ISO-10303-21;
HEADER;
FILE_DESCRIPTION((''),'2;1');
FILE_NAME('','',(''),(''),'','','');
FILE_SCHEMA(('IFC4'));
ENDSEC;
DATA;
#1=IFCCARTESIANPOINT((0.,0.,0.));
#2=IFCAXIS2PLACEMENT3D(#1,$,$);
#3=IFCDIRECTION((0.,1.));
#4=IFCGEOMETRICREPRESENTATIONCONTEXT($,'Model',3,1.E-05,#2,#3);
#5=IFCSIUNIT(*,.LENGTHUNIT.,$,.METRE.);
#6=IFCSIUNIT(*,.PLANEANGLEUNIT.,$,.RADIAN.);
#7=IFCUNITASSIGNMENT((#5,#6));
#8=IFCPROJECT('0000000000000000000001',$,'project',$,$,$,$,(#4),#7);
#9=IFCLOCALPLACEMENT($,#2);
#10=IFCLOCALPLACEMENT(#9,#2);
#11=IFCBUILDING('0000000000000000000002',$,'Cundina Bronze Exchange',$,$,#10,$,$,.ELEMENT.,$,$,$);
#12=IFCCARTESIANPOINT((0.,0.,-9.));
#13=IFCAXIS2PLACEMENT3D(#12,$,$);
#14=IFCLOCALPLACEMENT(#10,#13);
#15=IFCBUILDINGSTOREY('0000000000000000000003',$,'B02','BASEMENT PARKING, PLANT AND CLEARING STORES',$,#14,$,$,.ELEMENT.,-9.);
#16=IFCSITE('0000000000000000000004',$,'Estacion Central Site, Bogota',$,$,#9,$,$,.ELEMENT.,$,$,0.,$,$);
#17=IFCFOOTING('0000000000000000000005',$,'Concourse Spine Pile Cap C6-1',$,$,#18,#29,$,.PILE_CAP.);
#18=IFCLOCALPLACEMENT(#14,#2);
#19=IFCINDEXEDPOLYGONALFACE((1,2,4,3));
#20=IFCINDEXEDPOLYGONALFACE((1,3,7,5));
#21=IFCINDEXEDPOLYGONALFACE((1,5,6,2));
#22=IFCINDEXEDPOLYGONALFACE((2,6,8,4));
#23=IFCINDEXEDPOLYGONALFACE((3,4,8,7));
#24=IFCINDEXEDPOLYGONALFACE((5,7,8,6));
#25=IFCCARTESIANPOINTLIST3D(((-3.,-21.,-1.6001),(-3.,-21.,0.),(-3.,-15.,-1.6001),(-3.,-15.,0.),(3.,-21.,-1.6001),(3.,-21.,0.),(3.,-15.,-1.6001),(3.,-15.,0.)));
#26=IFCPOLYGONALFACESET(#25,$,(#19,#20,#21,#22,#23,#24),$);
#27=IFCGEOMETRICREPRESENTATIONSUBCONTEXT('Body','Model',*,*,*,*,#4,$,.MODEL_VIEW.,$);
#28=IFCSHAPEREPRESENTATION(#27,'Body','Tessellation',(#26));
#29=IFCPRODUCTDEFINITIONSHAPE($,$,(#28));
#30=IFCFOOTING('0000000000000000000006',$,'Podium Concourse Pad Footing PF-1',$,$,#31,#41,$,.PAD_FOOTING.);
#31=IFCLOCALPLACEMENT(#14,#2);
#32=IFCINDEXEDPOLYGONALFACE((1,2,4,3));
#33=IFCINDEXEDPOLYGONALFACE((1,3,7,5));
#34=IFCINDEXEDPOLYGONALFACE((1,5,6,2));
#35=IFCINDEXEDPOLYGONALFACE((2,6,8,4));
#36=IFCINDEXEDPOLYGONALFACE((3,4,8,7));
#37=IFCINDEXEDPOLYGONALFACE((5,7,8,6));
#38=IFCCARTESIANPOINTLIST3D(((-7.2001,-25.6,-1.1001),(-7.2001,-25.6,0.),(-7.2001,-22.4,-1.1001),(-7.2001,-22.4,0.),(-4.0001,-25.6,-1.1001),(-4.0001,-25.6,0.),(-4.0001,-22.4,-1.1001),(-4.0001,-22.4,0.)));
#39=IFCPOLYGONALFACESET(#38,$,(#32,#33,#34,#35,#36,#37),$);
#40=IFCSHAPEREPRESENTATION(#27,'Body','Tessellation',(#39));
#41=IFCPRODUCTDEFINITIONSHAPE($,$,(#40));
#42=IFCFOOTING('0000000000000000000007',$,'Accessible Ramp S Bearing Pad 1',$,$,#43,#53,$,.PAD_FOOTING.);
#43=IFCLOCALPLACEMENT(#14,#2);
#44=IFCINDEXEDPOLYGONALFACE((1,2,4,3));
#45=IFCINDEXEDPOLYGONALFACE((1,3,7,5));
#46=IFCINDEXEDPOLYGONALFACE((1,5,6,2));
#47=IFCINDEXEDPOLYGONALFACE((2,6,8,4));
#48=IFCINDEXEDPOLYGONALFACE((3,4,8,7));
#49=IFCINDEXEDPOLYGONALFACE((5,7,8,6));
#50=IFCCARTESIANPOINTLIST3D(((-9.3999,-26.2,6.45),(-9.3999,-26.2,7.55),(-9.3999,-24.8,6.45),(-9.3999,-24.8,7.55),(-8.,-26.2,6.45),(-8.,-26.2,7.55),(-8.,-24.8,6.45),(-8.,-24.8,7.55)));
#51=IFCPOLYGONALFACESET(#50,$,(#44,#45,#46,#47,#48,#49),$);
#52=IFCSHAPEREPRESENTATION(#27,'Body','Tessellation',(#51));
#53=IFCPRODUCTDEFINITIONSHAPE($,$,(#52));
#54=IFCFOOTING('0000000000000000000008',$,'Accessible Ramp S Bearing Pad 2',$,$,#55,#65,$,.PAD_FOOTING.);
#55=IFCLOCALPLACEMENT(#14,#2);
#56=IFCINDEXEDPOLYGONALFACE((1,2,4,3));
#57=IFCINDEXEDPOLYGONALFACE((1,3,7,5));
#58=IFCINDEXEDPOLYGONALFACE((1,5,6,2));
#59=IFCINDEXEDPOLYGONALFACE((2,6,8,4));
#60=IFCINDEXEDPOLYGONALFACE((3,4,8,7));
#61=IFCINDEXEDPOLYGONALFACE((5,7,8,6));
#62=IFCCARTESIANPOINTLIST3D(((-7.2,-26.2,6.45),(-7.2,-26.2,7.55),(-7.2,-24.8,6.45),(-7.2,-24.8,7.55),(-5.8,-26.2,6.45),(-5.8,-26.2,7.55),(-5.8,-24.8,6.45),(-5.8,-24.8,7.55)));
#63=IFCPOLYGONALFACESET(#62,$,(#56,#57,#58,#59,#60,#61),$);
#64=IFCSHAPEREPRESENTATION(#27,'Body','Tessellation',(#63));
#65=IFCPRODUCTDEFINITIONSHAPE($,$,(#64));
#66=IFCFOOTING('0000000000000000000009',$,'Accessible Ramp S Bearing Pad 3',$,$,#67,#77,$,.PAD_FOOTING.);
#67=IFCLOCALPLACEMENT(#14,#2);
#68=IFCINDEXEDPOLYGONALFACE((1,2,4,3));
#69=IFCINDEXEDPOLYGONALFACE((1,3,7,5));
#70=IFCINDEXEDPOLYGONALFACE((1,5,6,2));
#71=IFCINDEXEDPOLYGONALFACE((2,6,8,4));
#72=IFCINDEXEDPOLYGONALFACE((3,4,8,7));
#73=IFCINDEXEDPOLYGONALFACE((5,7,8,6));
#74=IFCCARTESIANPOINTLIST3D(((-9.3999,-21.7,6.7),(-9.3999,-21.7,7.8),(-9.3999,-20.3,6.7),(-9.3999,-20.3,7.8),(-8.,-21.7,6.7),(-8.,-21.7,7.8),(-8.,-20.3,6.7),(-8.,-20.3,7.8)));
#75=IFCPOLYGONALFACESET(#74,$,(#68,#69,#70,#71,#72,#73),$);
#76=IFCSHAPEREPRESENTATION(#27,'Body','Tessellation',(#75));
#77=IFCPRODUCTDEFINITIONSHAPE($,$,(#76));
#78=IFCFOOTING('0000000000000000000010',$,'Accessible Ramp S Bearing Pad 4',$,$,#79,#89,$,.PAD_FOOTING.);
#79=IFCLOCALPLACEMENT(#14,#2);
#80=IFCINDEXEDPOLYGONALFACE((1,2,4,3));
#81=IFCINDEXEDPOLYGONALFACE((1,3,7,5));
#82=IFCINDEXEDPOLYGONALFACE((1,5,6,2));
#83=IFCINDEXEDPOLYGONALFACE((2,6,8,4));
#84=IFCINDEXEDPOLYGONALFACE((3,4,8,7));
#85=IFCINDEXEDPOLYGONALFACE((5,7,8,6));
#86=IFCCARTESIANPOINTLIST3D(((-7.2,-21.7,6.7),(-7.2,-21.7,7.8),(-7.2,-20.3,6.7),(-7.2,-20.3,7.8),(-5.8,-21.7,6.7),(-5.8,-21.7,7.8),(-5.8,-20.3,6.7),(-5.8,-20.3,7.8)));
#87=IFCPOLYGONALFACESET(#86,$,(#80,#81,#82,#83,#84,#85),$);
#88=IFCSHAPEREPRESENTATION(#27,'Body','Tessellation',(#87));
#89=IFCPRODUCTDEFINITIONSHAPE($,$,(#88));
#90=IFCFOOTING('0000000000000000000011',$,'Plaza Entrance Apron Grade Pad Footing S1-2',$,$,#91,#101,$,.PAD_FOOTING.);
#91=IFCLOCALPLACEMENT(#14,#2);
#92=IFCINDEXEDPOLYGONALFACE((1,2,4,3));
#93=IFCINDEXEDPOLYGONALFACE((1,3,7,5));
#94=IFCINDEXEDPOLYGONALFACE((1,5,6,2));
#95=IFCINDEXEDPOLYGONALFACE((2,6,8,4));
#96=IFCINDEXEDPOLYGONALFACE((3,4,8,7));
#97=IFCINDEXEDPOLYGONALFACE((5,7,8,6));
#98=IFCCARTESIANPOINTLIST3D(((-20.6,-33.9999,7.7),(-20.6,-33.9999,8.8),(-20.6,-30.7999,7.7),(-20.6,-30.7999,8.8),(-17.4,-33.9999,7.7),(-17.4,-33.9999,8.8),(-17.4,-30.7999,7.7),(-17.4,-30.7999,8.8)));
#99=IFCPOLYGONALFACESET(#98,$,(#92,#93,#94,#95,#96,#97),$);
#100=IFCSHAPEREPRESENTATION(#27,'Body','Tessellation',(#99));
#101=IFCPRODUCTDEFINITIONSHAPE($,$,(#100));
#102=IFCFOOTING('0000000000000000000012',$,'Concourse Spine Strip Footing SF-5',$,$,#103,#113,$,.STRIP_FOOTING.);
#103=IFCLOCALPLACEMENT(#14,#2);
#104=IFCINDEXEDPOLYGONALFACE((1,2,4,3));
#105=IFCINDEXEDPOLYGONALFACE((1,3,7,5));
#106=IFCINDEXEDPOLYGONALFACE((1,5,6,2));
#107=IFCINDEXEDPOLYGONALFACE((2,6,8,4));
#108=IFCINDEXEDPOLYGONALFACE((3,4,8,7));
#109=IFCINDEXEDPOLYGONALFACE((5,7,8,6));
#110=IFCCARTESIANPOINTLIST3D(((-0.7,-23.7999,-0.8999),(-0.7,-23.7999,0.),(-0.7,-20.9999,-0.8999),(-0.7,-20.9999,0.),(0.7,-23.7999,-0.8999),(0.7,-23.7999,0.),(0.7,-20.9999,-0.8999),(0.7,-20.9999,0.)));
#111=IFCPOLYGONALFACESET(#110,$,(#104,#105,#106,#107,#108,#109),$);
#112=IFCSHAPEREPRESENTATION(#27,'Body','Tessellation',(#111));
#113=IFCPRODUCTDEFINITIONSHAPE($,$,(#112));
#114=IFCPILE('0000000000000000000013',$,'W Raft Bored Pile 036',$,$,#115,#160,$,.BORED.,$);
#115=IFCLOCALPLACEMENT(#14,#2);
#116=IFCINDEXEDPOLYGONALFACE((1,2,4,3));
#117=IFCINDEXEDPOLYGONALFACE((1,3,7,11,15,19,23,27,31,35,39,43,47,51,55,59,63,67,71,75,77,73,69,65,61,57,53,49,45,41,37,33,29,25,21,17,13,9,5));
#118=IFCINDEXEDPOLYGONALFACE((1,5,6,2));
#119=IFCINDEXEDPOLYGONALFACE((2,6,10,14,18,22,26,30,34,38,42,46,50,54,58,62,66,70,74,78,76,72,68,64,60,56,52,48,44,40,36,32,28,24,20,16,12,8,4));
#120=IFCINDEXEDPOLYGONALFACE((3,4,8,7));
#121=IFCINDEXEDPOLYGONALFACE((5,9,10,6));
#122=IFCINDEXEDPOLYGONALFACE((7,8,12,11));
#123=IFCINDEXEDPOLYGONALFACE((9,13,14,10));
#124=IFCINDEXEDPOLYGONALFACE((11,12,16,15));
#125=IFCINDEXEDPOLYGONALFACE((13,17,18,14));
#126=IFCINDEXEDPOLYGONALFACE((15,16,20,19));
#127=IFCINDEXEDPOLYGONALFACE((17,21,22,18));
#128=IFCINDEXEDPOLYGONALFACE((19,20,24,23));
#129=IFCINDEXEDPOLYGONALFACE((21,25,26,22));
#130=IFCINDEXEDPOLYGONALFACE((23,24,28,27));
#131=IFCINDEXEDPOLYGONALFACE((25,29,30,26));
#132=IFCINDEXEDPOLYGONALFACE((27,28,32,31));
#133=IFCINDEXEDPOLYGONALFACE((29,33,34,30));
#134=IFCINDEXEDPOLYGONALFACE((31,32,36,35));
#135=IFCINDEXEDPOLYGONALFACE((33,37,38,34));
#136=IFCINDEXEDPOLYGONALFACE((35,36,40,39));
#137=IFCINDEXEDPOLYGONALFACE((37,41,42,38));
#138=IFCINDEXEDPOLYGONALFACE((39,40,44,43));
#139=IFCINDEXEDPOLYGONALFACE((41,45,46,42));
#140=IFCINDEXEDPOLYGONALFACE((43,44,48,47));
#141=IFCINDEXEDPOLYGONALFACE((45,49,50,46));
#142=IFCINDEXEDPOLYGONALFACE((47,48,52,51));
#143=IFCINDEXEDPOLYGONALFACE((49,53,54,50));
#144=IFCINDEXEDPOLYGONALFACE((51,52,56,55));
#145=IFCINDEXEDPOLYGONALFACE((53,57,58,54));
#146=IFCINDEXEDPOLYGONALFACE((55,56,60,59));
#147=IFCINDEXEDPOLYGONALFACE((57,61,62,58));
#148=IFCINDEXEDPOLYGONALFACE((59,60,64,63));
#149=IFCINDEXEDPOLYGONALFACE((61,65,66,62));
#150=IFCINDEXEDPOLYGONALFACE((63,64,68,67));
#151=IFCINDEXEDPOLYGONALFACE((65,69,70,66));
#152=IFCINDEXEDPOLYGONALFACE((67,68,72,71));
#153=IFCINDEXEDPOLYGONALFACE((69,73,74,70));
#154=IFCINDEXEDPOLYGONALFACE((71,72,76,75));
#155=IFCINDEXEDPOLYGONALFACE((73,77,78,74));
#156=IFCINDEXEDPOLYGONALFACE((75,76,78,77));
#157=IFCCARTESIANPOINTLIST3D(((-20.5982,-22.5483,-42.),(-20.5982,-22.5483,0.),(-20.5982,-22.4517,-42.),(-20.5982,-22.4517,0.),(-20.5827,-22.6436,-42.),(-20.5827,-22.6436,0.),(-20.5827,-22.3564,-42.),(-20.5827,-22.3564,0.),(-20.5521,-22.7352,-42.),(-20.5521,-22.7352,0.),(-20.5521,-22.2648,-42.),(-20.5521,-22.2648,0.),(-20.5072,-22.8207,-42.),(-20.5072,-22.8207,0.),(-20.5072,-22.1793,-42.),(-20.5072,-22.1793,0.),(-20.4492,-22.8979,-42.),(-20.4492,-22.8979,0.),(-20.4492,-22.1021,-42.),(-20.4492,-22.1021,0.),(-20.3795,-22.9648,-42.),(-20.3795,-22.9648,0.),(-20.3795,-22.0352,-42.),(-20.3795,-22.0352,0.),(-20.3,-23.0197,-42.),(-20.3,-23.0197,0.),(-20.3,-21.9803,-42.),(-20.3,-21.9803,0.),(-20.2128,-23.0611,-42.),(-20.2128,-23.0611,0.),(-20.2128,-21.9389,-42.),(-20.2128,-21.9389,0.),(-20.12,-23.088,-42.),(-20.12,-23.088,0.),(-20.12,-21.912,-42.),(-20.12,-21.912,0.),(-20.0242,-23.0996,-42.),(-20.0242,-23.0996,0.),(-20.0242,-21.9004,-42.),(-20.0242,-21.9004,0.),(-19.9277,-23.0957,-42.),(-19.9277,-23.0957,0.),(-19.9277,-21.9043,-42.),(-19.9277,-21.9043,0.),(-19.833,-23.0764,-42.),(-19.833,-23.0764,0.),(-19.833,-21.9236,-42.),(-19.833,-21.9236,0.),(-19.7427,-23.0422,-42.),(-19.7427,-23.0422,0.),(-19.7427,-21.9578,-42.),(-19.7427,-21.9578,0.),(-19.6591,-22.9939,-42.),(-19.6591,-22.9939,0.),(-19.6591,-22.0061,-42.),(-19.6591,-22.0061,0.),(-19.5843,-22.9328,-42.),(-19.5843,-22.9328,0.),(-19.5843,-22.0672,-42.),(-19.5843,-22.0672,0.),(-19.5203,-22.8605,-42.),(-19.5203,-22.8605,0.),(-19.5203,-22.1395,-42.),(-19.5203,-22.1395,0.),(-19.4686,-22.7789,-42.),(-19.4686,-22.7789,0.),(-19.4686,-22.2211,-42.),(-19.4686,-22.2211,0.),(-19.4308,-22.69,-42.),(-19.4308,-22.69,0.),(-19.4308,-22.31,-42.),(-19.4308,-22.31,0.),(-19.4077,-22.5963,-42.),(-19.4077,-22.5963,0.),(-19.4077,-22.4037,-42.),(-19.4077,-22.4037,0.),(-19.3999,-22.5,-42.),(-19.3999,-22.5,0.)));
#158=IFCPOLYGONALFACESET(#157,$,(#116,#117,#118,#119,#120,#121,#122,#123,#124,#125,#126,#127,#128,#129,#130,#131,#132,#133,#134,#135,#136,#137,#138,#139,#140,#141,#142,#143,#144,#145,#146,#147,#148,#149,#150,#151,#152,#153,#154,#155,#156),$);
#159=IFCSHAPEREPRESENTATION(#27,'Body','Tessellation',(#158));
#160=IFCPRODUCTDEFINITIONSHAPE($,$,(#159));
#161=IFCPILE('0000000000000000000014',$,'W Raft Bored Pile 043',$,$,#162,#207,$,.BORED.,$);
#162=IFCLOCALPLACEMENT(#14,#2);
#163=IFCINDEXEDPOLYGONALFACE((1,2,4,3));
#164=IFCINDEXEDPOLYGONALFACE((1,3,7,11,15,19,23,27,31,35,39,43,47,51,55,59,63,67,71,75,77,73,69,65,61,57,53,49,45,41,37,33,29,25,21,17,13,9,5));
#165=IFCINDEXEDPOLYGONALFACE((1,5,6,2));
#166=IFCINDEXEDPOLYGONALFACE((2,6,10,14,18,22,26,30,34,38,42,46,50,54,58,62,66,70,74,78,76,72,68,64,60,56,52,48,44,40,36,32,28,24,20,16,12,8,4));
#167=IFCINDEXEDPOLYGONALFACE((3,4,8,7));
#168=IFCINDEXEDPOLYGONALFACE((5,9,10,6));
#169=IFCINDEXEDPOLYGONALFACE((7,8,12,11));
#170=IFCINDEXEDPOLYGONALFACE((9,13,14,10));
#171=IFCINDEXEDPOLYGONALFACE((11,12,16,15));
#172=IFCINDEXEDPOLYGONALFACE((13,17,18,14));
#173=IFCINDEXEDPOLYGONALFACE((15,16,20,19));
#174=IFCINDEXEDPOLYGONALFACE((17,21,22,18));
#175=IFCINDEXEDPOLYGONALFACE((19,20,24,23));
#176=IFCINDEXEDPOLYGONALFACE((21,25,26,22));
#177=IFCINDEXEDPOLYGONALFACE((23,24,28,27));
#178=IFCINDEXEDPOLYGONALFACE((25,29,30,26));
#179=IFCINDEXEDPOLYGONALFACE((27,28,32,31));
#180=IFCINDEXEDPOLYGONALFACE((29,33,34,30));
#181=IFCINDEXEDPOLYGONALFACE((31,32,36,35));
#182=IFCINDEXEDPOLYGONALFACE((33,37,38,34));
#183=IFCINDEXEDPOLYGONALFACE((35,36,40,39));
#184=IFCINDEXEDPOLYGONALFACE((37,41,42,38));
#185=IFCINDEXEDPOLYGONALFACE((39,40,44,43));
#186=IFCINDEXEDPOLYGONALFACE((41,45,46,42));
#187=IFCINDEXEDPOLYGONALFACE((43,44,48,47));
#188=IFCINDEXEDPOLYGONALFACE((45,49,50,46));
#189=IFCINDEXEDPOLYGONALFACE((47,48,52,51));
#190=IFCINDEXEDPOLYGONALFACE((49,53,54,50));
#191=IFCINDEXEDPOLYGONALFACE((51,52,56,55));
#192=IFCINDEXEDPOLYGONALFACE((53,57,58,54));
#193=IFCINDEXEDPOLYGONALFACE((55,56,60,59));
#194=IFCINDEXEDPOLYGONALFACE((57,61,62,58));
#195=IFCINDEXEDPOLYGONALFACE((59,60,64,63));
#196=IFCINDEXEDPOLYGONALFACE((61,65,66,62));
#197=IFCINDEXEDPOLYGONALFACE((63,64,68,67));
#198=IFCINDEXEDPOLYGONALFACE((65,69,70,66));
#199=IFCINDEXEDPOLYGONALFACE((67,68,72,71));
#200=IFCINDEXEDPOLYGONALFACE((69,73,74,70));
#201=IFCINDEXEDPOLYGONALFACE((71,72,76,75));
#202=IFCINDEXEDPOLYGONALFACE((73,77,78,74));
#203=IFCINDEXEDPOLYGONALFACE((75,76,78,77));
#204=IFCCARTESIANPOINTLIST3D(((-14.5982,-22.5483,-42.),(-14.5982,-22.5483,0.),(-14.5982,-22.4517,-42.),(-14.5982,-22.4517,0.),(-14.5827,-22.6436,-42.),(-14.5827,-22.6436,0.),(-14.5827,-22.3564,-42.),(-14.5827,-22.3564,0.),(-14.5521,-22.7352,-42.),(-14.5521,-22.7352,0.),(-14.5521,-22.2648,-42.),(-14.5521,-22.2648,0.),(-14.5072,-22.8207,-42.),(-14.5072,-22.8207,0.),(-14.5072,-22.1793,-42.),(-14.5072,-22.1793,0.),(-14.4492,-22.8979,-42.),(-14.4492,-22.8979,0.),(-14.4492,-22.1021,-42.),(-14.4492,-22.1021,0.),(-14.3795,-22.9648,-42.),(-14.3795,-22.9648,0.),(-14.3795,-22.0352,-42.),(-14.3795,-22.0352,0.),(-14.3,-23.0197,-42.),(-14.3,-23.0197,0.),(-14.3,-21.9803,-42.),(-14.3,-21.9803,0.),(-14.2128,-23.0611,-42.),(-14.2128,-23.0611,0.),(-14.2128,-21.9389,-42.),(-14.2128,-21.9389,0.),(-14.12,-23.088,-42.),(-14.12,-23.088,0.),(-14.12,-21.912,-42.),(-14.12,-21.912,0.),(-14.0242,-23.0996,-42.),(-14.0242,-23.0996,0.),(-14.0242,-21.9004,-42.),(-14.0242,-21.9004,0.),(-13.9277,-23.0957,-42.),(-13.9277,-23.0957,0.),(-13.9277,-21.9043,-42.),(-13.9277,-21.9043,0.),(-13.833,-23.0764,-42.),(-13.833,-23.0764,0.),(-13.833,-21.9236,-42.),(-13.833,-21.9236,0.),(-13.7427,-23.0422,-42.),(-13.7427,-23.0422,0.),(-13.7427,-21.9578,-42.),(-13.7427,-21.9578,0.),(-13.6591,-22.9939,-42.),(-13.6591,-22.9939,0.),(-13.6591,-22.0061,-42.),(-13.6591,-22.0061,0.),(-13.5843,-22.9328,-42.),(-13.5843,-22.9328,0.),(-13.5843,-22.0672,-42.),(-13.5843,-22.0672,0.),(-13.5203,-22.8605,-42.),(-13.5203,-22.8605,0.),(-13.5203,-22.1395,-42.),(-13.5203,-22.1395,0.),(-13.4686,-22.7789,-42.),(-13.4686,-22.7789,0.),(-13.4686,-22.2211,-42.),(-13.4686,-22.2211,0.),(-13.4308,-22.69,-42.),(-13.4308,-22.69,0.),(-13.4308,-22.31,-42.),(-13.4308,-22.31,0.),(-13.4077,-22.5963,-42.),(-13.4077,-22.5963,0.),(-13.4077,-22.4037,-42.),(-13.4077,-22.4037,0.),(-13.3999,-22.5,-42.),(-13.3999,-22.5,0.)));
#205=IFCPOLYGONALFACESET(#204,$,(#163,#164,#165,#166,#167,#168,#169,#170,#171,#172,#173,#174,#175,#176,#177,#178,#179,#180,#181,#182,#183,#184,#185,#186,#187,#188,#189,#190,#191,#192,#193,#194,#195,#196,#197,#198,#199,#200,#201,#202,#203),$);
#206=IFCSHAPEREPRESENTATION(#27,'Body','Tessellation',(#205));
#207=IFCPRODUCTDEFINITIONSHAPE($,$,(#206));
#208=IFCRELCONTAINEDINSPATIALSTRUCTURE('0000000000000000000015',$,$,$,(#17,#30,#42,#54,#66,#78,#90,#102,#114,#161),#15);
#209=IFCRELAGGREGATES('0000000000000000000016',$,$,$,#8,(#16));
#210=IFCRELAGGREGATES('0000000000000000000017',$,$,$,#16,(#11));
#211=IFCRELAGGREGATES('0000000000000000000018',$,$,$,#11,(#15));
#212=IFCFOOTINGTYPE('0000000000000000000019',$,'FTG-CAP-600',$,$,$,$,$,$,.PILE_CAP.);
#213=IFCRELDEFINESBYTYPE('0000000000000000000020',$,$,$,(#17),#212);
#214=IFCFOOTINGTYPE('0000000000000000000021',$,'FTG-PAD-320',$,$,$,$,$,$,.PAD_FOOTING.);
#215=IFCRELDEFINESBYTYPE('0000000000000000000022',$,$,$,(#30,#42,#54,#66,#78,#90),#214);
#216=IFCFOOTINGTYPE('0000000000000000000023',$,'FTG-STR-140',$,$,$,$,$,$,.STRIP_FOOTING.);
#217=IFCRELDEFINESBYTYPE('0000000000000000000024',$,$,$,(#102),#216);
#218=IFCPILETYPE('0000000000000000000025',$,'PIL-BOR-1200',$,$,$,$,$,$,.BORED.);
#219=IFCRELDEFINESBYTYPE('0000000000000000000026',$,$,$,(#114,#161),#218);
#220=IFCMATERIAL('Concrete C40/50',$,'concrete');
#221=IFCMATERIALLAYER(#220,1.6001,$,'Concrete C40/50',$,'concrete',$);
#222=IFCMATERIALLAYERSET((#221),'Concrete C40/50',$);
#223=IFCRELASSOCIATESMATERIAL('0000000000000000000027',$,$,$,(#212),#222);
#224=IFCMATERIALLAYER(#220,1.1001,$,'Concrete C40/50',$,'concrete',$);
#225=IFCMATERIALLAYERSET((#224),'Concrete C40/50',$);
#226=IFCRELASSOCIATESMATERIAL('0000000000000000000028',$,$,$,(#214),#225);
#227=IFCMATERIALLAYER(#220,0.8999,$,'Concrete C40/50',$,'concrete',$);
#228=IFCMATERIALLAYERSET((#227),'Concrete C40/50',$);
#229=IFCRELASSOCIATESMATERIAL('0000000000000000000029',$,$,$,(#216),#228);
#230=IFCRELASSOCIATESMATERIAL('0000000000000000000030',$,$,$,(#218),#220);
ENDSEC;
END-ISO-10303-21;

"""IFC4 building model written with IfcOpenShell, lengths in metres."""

from ifc_helpers import new_model, si_unit, direction, frame, origin, origin_2d, place, context, subcontext, project, spatial, rectangle, circle, extrude, material, layer, layer_set, material_profile, profile_set, type_object, element, save


model = new_model("IFC4")

# Units and contexts
model_context = context("Model", 3, precision=1e-05, world=origin(), true_north=direction((0.0, 1.0)))
body_context = subcontext(model_context, "Body", "Model", "MODEL_VIEW")
ifc_project = project(units=[si_unit("LENGTHUNIT", "METRE"), si_unit("PLANEANGLEUNIT", "RADIAN")], contexts=[model_context])

# Site, building, storey
site_placement = place(None, origin())
site = spatial("IfcSite", under=ifc_project, at=site_placement, Name="Estacion Central Site, Bogota", CompositionType="ELEMENT", RefElevation=0.0)
building_placement = place(site_placement, origin())
building = spatial("IfcBuilding", under=site, at=building_placement, Name="Cundina Bronze Exchange", CompositionType="ELEMENT")
storey_placement = place(building_placement, frame((0.0, 0.0, -9.0)))
storey = spatial("IfcBuildingStorey", under=building, at=storey_placement, Name="B02", Description="BASEMENT PARKING, PLANT AND CLEARING STORES", CompositionType="ELEMENT", Elevation=-9.0)

# Footings
ifc_material_1 = material(Name="Concrete C40/50", Category="concrete")
ifc_layer_1 = layer(ifc_material_1, 1.6001, Name="Concrete C40/50", Category="concrete")
ifc_layer_set_1 = layer_set([ifc_layer_1], Name="Concrete C40/50")
footing_type_1 = type_object("IfcFootingType", Name="FTG-CAP-600", PredefinedType="PILE_CAP", material=ifc_layer_set_1)
footing_1_placement = place(storey_placement, frame((0.0, -18.0, -1.6001), z_axis=(0.0, 0.0, 1.0), x_axis=(1.0, 0.0, 0.0)))
element("IfcFooting", 1, at=footing_1_placement, inside=storey, type_object=footing_type_1, Name="Concourse Spine Pile Cap C6-1", PredefinedType="PILE_CAP", context=body_context, shape_type="SweptSolid", body=[
    extrude(rectangle(XDim=6.0, YDim=6.0, at=origin_2d()), origin(), (0.0, 0.0, 1.0), 1.6001),
])
ifc_layer_2 = layer(ifc_material_1, 1.1001, Name="Concrete C40/50", Category="concrete")
ifc_layer_set_2 = layer_set([ifc_layer_2], Name="Concrete C40/50")
footing_type_2 = type_object("IfcFootingType", Name="FTG-PAD-320", PredefinedType="PAD_FOOTING", material=ifc_layer_set_2)
footing_2_placement = place(storey_placement, frame((-5.6001, -24.0, -1.1001), z_axis=(0.0, 0.0, 1.0), x_axis=(1.0, 0.0, 0.0)))
element("IfcFooting", 2, at=footing_2_placement, inside=storey, type_object=footing_type_2, Name="Podium Concourse Pad Footing PF-1", PredefinedType="PAD_FOOTING", context=body_context, shape_type="SweptSolid", body=[
    extrude(rectangle(XDim=3.2, YDim=3.2, at=origin_2d()), origin(), (0.0, 0.0, 1.0), 1.1001),
])
for number, where, z_axis, x_axis, name in (
    (3, (-8.7, -25.5, 6.45), (0.0, 0.0, 1.0), (1.0, 0.0, 0.0), "Accessible Ramp S Bearing Pad 1"),
    (4, (-6.5, -25.5, 6.45), (0.0, 0.0, 1.0), (1.0, 0.0, 0.0), "Accessible Ramp S Bearing Pad 2"),
    (5, (-8.7, -21.0, 6.7), (0.0, 0.0, 1.0), (1.0, 0.0, 0.0), "Accessible Ramp S Bearing Pad 3"),
    (6, (-6.5, -21.0, 6.7), (0.0, 0.0, 1.0), (1.0, 0.0, 0.0), "Accessible Ramp S Bearing Pad 4"),
):
    element("IfcFooting", number, at=place(storey_placement, frame(where, z_axis=z_axis, x_axis=x_axis)), inside=storey, type_object=footing_type_2, Name=name, PredefinedType="PAD_FOOTING", context=body_context, shape_type="SweptSolid", body=[
        extrude(rectangle(XDim=1.3999, YDim=1.3999, at=origin_2d()), origin(), (0.0, 0.0, 1.0), 1.1001),
    ])
footing_3_placement = place(storey_placement, frame((-19.0, -32.3999, 7.7), z_axis=(0.0, 0.0, 1.0), x_axis=(1.0, 0.0, 0.0)))
element("IfcFooting", 7, at=footing_3_placement, inside=storey, type_object=footing_type_2, Name="Plaza Entrance Apron Grade Pad Footing S1-2", PredefinedType="PAD_FOOTING", context=body_context, shape_type="SweptSolid", body=[
    extrude(rectangle(XDim=3.2, YDim=3.2, at=origin_2d()), origin(), (0.0, 0.0, 1.0), 1.1001),
])
ifc_layer_3 = layer(ifc_material_1, 0.8999, Name="Concrete C40/50", Category="concrete")
ifc_layer_set_3 = layer_set([ifc_layer_3], Name="Concrete C40/50")
footing_type_3 = type_object("IfcFootingType", Name="FTG-STR-140", PredefinedType="STRIP_FOOTING", material=ifc_layer_set_3)
footing_4_placement = place(storey_placement, frame((0.0, -22.3999, -0.8999), z_axis=(0.0, 0.0, 1.0), x_axis=(1.0, 0.0, 0.0)))
element("IfcFooting", 8, at=footing_4_placement, inside=storey, type_object=footing_type_3, Name="Concourse Spine Strip Footing SF-5", PredefinedType="STRIP_FOOTING", context=body_context, shape_type="SweptSolid", body=[
    extrude(rectangle(XDim=1.3999, YDim=2.8, at=origin_2d()), origin(), (0.0, 0.0, 1.0), 0.8999),
])

# Piles
ifc_material_profile_1 = material_profile(ifc_material_1, circle(Radius=0.6001, at=origin_2d()), Name="PILE1200D", Category="concrete")
ifc_profile_set_1 = profile_set([ifc_material_profile_1], Name="Concrete C40/50")
pile_type = type_object("IfcPileType", Name="PIL-BOR-1200", PredefinedType="BORED", material=ifc_profile_set_1)
for number, where, z_axis, x_axis, name in (
    (9, (-20.0, -22.5, 0.0), (0.0, 0.0, -1.0), (1.0, 0.0, 0.0), "W Raft Bored Pile 036"),
    (10, (-14.0, -22.5, 0.0), (0.0, 0.0, -1.0), (1.0, 0.0, 0.0), "W Raft Bored Pile 043"),
):
    element("IfcPile", number, at=place(storey_placement, frame(where, z_axis=z_axis, x_axis=x_axis)), inside=storey, type_object=pile_type, Name=name, PredefinedType="BORED", context=body_context, shape_type="SweptSolid", body=[
        extrude(circle(Radius=0.6001, at=origin_2d()), origin(), (0.0, 0.0, 1.0), 42.0),
    ])

save(model, "model.ifc")
